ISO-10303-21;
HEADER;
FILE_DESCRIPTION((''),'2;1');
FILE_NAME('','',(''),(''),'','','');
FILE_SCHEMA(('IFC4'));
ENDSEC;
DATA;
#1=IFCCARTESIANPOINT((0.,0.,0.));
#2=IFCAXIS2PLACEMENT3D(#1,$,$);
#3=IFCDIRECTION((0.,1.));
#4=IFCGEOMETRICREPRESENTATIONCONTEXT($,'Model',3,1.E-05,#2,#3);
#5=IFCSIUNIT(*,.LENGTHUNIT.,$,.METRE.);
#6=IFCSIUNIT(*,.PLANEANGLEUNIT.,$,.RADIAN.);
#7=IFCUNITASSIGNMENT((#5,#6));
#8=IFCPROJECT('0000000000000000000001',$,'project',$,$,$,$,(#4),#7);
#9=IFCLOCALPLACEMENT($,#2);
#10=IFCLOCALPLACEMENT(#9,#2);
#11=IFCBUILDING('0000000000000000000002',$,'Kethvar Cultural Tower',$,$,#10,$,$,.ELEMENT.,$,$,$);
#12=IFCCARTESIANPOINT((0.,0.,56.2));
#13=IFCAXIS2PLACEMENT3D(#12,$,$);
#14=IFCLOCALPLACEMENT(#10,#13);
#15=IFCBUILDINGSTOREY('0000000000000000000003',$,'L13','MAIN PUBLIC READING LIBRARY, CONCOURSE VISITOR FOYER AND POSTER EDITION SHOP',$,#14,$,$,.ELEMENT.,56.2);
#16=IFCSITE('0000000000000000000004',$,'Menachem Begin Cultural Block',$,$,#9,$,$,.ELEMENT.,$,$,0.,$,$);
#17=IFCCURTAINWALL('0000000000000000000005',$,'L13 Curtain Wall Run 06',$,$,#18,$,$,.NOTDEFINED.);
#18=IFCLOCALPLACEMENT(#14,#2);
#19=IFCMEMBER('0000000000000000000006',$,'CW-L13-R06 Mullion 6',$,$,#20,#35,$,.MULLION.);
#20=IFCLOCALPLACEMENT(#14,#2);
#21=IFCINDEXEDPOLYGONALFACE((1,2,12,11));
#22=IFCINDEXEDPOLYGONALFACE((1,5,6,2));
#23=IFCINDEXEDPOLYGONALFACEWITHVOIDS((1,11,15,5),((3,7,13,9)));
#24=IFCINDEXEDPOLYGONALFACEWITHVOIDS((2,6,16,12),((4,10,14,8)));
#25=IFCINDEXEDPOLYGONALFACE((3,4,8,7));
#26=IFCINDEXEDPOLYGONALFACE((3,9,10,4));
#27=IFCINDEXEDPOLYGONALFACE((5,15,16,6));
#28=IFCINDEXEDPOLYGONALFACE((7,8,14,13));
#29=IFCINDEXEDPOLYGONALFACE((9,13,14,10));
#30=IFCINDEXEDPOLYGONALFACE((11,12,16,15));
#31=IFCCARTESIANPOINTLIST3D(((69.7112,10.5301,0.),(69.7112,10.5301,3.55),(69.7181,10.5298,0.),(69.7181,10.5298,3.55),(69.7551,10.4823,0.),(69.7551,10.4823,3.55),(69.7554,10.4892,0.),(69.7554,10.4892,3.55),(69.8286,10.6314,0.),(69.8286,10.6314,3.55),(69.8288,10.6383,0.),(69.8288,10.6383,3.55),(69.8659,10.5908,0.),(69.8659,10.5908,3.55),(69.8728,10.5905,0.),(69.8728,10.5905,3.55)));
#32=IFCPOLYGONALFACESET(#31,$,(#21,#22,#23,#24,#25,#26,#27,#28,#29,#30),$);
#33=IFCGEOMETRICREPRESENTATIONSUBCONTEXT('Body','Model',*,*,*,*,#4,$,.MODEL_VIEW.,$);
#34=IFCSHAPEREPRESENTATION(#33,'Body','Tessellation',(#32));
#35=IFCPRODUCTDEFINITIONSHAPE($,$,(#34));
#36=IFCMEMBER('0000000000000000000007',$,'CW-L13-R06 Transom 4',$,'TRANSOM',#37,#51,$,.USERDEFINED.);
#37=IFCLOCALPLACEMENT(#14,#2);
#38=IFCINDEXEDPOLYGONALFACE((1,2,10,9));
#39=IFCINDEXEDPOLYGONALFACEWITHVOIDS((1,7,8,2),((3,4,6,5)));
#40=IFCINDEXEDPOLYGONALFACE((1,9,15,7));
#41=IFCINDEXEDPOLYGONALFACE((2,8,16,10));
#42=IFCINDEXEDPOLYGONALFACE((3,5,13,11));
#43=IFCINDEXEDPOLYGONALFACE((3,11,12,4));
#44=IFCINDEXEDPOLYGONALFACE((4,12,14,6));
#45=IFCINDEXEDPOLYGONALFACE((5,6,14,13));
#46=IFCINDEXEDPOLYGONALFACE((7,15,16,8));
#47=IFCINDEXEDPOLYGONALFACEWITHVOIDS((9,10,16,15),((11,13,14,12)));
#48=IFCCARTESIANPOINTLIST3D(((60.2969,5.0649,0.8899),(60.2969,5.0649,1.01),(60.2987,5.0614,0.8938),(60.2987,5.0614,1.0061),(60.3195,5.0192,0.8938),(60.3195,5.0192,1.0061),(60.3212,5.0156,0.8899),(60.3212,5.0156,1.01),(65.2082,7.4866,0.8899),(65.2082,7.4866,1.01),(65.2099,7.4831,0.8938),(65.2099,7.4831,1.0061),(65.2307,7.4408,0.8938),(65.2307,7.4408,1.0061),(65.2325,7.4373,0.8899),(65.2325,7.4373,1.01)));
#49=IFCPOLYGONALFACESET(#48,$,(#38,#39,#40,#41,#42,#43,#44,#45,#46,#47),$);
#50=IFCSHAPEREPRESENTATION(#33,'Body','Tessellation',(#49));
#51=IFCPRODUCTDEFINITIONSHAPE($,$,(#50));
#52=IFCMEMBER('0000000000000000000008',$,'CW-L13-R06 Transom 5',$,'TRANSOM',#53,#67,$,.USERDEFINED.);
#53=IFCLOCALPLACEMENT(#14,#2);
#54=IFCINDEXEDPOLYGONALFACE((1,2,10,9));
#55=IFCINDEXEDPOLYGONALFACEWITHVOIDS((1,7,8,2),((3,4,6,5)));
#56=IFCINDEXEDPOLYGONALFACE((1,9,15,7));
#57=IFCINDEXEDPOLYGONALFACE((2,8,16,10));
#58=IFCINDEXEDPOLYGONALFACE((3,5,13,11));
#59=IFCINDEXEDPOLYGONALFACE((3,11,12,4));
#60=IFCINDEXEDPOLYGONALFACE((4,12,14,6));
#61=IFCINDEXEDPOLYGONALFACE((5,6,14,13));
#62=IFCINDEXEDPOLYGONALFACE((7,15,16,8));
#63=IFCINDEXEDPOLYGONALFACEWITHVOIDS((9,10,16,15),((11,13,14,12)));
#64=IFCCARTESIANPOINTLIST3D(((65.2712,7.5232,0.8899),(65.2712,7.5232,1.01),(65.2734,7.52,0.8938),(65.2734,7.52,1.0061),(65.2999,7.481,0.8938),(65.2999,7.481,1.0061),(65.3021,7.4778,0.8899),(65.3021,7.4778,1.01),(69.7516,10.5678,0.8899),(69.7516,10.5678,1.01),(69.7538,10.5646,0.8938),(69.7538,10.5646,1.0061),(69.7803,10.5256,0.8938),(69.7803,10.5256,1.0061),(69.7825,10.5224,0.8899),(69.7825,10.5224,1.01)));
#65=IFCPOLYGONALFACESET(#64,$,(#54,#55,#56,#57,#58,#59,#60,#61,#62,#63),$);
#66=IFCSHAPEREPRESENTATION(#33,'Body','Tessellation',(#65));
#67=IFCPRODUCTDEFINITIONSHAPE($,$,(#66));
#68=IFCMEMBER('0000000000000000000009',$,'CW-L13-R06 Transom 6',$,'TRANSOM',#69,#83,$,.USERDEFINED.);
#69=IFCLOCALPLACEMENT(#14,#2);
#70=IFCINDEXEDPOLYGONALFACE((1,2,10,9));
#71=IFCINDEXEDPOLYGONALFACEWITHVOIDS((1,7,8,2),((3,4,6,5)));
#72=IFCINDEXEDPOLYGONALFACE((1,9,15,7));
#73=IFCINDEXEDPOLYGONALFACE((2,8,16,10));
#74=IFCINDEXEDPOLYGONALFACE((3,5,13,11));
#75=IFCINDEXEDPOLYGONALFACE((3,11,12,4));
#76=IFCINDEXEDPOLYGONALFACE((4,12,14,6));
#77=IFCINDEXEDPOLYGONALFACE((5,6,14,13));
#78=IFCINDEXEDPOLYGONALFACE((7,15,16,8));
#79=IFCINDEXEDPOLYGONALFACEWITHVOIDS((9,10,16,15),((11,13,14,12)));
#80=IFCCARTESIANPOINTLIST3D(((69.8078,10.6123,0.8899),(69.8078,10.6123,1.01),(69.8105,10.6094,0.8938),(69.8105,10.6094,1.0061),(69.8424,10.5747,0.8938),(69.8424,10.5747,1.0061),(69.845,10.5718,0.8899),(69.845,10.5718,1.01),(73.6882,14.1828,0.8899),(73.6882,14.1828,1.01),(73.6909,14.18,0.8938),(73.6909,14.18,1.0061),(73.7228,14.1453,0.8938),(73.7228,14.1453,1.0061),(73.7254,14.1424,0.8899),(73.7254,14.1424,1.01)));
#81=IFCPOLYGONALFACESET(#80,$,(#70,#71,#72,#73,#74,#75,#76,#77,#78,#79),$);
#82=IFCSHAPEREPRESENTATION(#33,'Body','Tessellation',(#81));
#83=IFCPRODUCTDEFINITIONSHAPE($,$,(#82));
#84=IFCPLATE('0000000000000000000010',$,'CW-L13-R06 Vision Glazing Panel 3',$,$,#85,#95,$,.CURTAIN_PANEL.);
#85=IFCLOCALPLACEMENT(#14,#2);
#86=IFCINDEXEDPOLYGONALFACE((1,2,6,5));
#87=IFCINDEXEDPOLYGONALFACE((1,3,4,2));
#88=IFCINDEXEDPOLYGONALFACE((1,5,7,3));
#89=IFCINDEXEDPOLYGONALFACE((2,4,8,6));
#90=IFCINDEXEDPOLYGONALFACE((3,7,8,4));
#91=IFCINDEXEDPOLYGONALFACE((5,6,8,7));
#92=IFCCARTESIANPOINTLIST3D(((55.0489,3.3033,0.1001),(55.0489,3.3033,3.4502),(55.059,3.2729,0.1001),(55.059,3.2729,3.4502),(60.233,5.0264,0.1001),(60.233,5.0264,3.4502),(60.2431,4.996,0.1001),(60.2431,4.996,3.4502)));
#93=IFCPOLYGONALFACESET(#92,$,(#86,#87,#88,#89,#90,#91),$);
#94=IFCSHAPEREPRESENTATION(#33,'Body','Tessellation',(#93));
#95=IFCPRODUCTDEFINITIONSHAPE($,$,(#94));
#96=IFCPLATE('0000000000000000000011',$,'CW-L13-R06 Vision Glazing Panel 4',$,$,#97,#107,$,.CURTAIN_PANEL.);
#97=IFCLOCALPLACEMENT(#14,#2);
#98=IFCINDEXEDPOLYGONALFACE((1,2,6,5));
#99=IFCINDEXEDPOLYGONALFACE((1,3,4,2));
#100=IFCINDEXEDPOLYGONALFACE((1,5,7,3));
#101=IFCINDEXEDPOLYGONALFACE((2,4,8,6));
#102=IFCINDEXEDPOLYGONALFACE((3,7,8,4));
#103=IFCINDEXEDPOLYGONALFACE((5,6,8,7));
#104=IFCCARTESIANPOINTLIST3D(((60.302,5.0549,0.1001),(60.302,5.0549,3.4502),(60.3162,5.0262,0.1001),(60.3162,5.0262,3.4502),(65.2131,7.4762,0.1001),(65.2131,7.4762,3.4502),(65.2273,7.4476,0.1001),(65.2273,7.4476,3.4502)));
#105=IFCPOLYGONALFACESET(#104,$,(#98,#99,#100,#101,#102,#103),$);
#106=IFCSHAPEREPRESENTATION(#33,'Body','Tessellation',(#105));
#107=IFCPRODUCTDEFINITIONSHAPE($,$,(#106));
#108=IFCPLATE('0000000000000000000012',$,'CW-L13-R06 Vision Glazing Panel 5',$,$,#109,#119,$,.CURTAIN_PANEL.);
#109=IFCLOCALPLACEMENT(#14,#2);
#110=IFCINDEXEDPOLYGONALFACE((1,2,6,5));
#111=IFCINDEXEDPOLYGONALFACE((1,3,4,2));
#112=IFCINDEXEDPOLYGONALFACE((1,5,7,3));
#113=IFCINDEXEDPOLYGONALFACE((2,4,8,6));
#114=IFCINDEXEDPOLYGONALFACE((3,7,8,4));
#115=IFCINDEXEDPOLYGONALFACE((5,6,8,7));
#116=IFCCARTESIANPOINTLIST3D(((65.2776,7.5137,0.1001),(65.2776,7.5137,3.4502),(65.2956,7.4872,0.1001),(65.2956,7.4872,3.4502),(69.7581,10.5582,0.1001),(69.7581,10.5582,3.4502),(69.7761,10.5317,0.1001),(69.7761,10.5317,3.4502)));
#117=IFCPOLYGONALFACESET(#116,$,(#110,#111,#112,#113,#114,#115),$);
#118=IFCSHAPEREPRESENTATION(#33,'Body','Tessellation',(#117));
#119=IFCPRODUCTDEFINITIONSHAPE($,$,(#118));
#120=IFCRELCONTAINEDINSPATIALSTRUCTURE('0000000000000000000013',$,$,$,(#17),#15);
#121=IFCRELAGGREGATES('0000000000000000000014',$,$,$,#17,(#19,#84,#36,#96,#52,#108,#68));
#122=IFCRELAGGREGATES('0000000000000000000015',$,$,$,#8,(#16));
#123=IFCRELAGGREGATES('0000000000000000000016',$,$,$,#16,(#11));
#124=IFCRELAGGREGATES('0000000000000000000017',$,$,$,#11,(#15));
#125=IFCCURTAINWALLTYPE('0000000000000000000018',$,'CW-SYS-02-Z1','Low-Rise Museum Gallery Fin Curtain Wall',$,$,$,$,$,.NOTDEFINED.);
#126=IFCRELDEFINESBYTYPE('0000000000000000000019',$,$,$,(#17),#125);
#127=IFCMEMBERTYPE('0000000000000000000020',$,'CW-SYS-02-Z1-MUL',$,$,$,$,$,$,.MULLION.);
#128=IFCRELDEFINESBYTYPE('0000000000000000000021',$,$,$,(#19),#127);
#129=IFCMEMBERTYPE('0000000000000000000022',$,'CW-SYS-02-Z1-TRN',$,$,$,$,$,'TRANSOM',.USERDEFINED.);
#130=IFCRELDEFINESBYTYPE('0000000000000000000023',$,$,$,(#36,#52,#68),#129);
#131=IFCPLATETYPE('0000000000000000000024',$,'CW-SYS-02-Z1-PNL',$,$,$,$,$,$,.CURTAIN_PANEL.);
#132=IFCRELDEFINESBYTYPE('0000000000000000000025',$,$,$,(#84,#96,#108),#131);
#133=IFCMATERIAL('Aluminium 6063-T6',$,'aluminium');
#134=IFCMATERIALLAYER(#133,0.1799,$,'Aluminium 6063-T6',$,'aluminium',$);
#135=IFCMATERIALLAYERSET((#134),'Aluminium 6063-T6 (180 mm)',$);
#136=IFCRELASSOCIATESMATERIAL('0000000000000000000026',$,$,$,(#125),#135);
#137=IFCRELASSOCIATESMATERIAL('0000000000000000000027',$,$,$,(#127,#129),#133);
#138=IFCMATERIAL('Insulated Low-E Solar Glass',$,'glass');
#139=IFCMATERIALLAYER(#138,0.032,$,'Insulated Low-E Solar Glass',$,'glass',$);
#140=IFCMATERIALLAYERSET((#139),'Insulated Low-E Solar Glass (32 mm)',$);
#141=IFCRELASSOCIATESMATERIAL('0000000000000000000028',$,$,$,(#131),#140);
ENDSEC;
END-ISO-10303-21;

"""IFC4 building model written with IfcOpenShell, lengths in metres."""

from ifc_helpers import new_model, si_unit, direction, frame, origin, origin_2d, place, context, subcontext, project, spatial, rectangle, hollow_rectangle, extrude, source, transform, mapped, material, layer, layer_set, material_profile, profile_set, type_object, element, aggregate, save


model = new_model("IFC4")

# Units and contexts
model_context = context("Model", 3, precision=1e-05, world=origin(), true_north=direction((0.0, 1.0)))
body_context = subcontext(model_context, "Body", "Model", "MODEL_VIEW")
ifc_project = project(units=[si_unit("LENGTHUNIT", "METRE"), si_unit("PLANEANGLEUNIT", "RADIAN")], contexts=[model_context])

# Site, building, storey
site_placement = place(None, origin())
site = spatial("IfcSite", under=ifc_project, at=site_placement, Name="Menachem Begin Cultural Block", CompositionType="ELEMENT", RefElevation=0.0)
building_placement = place(site_placement, origin())
building = spatial("IfcBuilding", under=site, at=building_placement, Name="Kethvar Cultural Tower", CompositionType="ELEMENT")
storey_placement = place(building_placement, frame((0.0, 0.0, 56.2)))
storey = spatial("IfcBuildingStorey", under=building, at=storey_placement, Name="L13", Description="MAIN PUBLIC READING LIBRARY, CONCOURSE VISITOR FOYER AND POSTER EDITION SHOP", CompositionType="ELEMENT", Elevation=56.2)

# Curtain wall, members, plates
ifc_material_1 = material(Name="Aluminium 6063-T6", Category="aluminium")
ifc_layer_1 = layer(ifc_material_1, 0.1799, Name="Aluminium 6063-T6", Category="aluminium")
ifc_layer_set_1 = layer_set([ifc_layer_1], Name="Aluminium 6063-T6 (180 mm)")
curtain_wall_type = type_object("IfcCurtainWallType", Name="CW-SYS-02-Z1", Description="Low-Rise Museum Gallery Fin Curtain Wall", PredefinedType="NOTDEFINED", material=ifc_layer_set_1)
curtain_wall_placement = place(storey_placement, origin())
curtain_wall = element("IfcCurtainWall", 1, at=curtain_wall_placement, inside=storey, type_object=curtain_wall_type, Name="L13 Curtain Wall Run 06", PredefinedType="NOTDEFINED")
ifc_material_profile_1 = material_profile(ifc_material_1, hollow_rectangle(XDim=0.0649, YDim=0.1599, WallThickness=0.0049, at=origin_2d()), Name="Aluminium 6063-T6 — RHS160x65x5")
ifc_profile_set_1 = profile_set([ifc_material_profile_1], Name="Aluminium 6063-T6 — RHS160x65x5")
member_type_1 = type_object("IfcMemberType", Name="CW-SYS-02-Z1-MUL", PredefinedType="MULLION", material=ifc_profile_set_1)
shared_shape_1 = source(origin(), body_context, "Body", "SweptSolid", [
    extrude(hollow_rectangle(XDim=0.0649, YDim=0.1599, WallThickness=0.0049, at=origin_2d()), origin(), (0.0, 0.0, 1.0), 3.55),
])
member_1_placement = place(storey_placement, frame((69.792, 10.5603, 0.0), z_axis=(0.0, 0.0, 1.0), x_axis=(-0.677107, 0.735884, 0.0)))
member_1 = element("IfcMember", 2, at=member_1_placement, type_object=member_type_1, Name="CW-L13-R06 Mullion 6", PredefinedType="MULLION", context=body_context, shape_type="MappedRepresentation", body=[
    mapped(shared_shape_1, transform((0.0, 0.0, 0.0), scale=1.0)),
])
ifc_material_profile_2 = material_profile(ifc_material_1, hollow_rectangle(XDim=0.0549, YDim=0.1201, WallThickness=0.0039, at=origin_2d()), Name="Aluminium 6063-T6 — RHS120x55x4")
ifc_profile_set_2 = profile_set([ifc_material_profile_2], Name="Aluminium 6063-T6 — RHS120x55x4")
member_type_2 = type_object("IfcMemberType", Name="CW-SYS-02-Z1-TRN", ElementType="TRANSOM", PredefinedType="USERDEFINED", material=ifc_profile_set_2)
shared_shape_2 = source(origin(), body_context, "Body", "SweptSolid", [
    extrude(hollow_rectangle(XDim=0.0549, YDim=0.1201, WallThickness=0.0039, at=origin_2d()), origin(), (0.0, 0.0, 1.0), 5.4758),
])
member_2_placement = place(storey_placement, frame((60.3091, 5.0403, 0.95), z_axis=(0.896892, 0.442249, 0.0), x_axis=(-0.442249, 0.896892, 0.0)))
member_2 = element("IfcMember", 3, at=member_2_placement, type_object=member_type_2, Name="CW-L13-R06 Transom 4", ObjectType="TRANSOM", PredefinedType="USERDEFINED", context=body_context, shape_type="MappedRepresentation", body=[
    mapped(shared_shape_2, transform((0.0, 0.0, 0.0), scale=1.0)),
])
shared_shape_3 = source(origin(), body_context, "Body", "SweptSolid", [
    extrude(hollow_rectangle(XDim=0.0549, YDim=0.1201, WallThickness=0.0039, at=origin_2d()), origin(), (0.0, 0.0, 1.0), 5.417),
])
member_3_placement = place(storey_placement, frame((65.2866, 7.5005, 0.95), z_axis=(0.827102, 0.562052, 0.0), x_axis=(-0.562052, 0.827102, 0.0)))
member_3 = element("IfcMember", 4, at=member_3_placement, type_object=member_type_2, Name="CW-L13-R06 Transom 5", ObjectType="TRANSOM", PredefinedType="USERDEFINED", context=body_context, shape_type="MappedRepresentation", body=[
    mapped(shared_shape_3, transform((0.0, 0.0, 0.0), scale=1.0)),
])
shared_shape_4 = source(origin(), body_context, "Body", "SweptSolid", [
    extrude(hollow_rectangle(XDim=0.0549, YDim=0.1201, WallThickness=0.0039, at=origin_2d()), origin(), (0.0, 0.0, 1.0), 5.2732),
])
member_4_placement = place(storey_placement, frame((69.8264, 10.592, 0.95), z_axis=(0.735873, 0.67712, 0.0), x_axis=(-0.67712, 0.735873, 0.0)))
member_4 = element("IfcMember", 5, at=member_4_placement, type_object=member_type_2, Name="CW-L13-R06 Transom 6", ObjectType="TRANSOM", PredefinedType="USERDEFINED", context=body_context, shape_type="MappedRepresentation", body=[
    mapped(shared_shape_4, transform((0.0, 0.0, 0.0), scale=1.0)),
])
ifc_material_2 = material(Name="Insulated Low-E Solar Glass", Category="glass")
ifc_layer_2 = layer(ifc_material_2, 0.032, Name="Insulated Low-E Solar Glass", Category="glass")
ifc_layer_set_2 = layer_set([ifc_layer_2], Name="Insulated Low-E Solar Glass (32 mm)")
plate_type = type_object("IfcPlateType", Name="CW-SYS-02-Z1-PNL", PredefinedType="CURTAIN_PANEL", material=ifc_layer_set_2)
shared_shape_5 = source(origin(), body_context, "Body", "SweptSolid", [
    extrude(rectangle(XDim=5.4629, YDim=0.032, at=origin_2d()), origin(), (0.0, 0.0, 1.0), 3.3501),
])
plate_1_placement = place(storey_placement, frame((57.646, 4.1497, 0.1001), z_axis=(0.0, 0.0, 1.0), x_axis=(0.948953, 0.315417, 0.0)))
plate_1 = element("IfcPlate", 6, at=plate_1_placement, type_object=plate_type, Name="CW-L13-R06 Vision Glazing Panel 3", PredefinedType="CURTAIN_PANEL", context=body_context, shape_type="MappedRepresentation", body=[
    mapped(shared_shape_5, transform((0.0, 0.0, 0.0), scale=1.0)),
])
shared_shape_6 = source(origin(), body_context, "Body", "SweptSolid", [
    extrude(rectangle(XDim=5.4756, YDim=0.032, at=origin_2d()), origin(), (0.0, 0.0, 1.0), 3.3501),
])
plate_2_placement = place(storey_placement, frame((62.7646, 6.2512, 0.1001), z_axis=(0.0, 0.0, 1.0), x_axis=(0.896911, 0.44221, 0.0)))
plate_2 = element("IfcPlate", 7, at=plate_2_placement, type_object=plate_type, Name="CW-L13-R06 Vision Glazing Panel 4", PredefinedType="CURTAIN_PANEL", context=body_context, shape_type="MappedRepresentation", body=[
    mapped(shared_shape_6, transform((0.0, 0.0, 0.0), scale=1.0)),
])
shared_shape_7 = source(origin(), body_context, "Body", "SweptSolid", [
    extrude(rectangle(XDim=5.417, YDim=0.032, at=origin_2d()), origin(), (0.0, 0.0, 1.0), 3.3501),
])
plate_3_placement = place(storey_placement, frame((67.5269, 9.0227, 0.1001), z_axis=(0.0, 0.0, 1.0), x_axis=(0.82712, 0.562026, 0.0)))
plate_3 = element("IfcPlate", 8, at=plate_3_placement, type_object=plate_type, Name="CW-L13-R06 Vision Glazing Panel 5", PredefinedType="CURTAIN_PANEL", context=body_context, shape_type="MappedRepresentation", body=[
    mapped(shared_shape_7, transform((0.0, 0.0, 0.0), scale=1.0)),
])
aggregate(curtain_wall, [member_1, plate_1, member_2, plate_2, member_3, plate_3, member_4])

save(model, "model.ifc")
